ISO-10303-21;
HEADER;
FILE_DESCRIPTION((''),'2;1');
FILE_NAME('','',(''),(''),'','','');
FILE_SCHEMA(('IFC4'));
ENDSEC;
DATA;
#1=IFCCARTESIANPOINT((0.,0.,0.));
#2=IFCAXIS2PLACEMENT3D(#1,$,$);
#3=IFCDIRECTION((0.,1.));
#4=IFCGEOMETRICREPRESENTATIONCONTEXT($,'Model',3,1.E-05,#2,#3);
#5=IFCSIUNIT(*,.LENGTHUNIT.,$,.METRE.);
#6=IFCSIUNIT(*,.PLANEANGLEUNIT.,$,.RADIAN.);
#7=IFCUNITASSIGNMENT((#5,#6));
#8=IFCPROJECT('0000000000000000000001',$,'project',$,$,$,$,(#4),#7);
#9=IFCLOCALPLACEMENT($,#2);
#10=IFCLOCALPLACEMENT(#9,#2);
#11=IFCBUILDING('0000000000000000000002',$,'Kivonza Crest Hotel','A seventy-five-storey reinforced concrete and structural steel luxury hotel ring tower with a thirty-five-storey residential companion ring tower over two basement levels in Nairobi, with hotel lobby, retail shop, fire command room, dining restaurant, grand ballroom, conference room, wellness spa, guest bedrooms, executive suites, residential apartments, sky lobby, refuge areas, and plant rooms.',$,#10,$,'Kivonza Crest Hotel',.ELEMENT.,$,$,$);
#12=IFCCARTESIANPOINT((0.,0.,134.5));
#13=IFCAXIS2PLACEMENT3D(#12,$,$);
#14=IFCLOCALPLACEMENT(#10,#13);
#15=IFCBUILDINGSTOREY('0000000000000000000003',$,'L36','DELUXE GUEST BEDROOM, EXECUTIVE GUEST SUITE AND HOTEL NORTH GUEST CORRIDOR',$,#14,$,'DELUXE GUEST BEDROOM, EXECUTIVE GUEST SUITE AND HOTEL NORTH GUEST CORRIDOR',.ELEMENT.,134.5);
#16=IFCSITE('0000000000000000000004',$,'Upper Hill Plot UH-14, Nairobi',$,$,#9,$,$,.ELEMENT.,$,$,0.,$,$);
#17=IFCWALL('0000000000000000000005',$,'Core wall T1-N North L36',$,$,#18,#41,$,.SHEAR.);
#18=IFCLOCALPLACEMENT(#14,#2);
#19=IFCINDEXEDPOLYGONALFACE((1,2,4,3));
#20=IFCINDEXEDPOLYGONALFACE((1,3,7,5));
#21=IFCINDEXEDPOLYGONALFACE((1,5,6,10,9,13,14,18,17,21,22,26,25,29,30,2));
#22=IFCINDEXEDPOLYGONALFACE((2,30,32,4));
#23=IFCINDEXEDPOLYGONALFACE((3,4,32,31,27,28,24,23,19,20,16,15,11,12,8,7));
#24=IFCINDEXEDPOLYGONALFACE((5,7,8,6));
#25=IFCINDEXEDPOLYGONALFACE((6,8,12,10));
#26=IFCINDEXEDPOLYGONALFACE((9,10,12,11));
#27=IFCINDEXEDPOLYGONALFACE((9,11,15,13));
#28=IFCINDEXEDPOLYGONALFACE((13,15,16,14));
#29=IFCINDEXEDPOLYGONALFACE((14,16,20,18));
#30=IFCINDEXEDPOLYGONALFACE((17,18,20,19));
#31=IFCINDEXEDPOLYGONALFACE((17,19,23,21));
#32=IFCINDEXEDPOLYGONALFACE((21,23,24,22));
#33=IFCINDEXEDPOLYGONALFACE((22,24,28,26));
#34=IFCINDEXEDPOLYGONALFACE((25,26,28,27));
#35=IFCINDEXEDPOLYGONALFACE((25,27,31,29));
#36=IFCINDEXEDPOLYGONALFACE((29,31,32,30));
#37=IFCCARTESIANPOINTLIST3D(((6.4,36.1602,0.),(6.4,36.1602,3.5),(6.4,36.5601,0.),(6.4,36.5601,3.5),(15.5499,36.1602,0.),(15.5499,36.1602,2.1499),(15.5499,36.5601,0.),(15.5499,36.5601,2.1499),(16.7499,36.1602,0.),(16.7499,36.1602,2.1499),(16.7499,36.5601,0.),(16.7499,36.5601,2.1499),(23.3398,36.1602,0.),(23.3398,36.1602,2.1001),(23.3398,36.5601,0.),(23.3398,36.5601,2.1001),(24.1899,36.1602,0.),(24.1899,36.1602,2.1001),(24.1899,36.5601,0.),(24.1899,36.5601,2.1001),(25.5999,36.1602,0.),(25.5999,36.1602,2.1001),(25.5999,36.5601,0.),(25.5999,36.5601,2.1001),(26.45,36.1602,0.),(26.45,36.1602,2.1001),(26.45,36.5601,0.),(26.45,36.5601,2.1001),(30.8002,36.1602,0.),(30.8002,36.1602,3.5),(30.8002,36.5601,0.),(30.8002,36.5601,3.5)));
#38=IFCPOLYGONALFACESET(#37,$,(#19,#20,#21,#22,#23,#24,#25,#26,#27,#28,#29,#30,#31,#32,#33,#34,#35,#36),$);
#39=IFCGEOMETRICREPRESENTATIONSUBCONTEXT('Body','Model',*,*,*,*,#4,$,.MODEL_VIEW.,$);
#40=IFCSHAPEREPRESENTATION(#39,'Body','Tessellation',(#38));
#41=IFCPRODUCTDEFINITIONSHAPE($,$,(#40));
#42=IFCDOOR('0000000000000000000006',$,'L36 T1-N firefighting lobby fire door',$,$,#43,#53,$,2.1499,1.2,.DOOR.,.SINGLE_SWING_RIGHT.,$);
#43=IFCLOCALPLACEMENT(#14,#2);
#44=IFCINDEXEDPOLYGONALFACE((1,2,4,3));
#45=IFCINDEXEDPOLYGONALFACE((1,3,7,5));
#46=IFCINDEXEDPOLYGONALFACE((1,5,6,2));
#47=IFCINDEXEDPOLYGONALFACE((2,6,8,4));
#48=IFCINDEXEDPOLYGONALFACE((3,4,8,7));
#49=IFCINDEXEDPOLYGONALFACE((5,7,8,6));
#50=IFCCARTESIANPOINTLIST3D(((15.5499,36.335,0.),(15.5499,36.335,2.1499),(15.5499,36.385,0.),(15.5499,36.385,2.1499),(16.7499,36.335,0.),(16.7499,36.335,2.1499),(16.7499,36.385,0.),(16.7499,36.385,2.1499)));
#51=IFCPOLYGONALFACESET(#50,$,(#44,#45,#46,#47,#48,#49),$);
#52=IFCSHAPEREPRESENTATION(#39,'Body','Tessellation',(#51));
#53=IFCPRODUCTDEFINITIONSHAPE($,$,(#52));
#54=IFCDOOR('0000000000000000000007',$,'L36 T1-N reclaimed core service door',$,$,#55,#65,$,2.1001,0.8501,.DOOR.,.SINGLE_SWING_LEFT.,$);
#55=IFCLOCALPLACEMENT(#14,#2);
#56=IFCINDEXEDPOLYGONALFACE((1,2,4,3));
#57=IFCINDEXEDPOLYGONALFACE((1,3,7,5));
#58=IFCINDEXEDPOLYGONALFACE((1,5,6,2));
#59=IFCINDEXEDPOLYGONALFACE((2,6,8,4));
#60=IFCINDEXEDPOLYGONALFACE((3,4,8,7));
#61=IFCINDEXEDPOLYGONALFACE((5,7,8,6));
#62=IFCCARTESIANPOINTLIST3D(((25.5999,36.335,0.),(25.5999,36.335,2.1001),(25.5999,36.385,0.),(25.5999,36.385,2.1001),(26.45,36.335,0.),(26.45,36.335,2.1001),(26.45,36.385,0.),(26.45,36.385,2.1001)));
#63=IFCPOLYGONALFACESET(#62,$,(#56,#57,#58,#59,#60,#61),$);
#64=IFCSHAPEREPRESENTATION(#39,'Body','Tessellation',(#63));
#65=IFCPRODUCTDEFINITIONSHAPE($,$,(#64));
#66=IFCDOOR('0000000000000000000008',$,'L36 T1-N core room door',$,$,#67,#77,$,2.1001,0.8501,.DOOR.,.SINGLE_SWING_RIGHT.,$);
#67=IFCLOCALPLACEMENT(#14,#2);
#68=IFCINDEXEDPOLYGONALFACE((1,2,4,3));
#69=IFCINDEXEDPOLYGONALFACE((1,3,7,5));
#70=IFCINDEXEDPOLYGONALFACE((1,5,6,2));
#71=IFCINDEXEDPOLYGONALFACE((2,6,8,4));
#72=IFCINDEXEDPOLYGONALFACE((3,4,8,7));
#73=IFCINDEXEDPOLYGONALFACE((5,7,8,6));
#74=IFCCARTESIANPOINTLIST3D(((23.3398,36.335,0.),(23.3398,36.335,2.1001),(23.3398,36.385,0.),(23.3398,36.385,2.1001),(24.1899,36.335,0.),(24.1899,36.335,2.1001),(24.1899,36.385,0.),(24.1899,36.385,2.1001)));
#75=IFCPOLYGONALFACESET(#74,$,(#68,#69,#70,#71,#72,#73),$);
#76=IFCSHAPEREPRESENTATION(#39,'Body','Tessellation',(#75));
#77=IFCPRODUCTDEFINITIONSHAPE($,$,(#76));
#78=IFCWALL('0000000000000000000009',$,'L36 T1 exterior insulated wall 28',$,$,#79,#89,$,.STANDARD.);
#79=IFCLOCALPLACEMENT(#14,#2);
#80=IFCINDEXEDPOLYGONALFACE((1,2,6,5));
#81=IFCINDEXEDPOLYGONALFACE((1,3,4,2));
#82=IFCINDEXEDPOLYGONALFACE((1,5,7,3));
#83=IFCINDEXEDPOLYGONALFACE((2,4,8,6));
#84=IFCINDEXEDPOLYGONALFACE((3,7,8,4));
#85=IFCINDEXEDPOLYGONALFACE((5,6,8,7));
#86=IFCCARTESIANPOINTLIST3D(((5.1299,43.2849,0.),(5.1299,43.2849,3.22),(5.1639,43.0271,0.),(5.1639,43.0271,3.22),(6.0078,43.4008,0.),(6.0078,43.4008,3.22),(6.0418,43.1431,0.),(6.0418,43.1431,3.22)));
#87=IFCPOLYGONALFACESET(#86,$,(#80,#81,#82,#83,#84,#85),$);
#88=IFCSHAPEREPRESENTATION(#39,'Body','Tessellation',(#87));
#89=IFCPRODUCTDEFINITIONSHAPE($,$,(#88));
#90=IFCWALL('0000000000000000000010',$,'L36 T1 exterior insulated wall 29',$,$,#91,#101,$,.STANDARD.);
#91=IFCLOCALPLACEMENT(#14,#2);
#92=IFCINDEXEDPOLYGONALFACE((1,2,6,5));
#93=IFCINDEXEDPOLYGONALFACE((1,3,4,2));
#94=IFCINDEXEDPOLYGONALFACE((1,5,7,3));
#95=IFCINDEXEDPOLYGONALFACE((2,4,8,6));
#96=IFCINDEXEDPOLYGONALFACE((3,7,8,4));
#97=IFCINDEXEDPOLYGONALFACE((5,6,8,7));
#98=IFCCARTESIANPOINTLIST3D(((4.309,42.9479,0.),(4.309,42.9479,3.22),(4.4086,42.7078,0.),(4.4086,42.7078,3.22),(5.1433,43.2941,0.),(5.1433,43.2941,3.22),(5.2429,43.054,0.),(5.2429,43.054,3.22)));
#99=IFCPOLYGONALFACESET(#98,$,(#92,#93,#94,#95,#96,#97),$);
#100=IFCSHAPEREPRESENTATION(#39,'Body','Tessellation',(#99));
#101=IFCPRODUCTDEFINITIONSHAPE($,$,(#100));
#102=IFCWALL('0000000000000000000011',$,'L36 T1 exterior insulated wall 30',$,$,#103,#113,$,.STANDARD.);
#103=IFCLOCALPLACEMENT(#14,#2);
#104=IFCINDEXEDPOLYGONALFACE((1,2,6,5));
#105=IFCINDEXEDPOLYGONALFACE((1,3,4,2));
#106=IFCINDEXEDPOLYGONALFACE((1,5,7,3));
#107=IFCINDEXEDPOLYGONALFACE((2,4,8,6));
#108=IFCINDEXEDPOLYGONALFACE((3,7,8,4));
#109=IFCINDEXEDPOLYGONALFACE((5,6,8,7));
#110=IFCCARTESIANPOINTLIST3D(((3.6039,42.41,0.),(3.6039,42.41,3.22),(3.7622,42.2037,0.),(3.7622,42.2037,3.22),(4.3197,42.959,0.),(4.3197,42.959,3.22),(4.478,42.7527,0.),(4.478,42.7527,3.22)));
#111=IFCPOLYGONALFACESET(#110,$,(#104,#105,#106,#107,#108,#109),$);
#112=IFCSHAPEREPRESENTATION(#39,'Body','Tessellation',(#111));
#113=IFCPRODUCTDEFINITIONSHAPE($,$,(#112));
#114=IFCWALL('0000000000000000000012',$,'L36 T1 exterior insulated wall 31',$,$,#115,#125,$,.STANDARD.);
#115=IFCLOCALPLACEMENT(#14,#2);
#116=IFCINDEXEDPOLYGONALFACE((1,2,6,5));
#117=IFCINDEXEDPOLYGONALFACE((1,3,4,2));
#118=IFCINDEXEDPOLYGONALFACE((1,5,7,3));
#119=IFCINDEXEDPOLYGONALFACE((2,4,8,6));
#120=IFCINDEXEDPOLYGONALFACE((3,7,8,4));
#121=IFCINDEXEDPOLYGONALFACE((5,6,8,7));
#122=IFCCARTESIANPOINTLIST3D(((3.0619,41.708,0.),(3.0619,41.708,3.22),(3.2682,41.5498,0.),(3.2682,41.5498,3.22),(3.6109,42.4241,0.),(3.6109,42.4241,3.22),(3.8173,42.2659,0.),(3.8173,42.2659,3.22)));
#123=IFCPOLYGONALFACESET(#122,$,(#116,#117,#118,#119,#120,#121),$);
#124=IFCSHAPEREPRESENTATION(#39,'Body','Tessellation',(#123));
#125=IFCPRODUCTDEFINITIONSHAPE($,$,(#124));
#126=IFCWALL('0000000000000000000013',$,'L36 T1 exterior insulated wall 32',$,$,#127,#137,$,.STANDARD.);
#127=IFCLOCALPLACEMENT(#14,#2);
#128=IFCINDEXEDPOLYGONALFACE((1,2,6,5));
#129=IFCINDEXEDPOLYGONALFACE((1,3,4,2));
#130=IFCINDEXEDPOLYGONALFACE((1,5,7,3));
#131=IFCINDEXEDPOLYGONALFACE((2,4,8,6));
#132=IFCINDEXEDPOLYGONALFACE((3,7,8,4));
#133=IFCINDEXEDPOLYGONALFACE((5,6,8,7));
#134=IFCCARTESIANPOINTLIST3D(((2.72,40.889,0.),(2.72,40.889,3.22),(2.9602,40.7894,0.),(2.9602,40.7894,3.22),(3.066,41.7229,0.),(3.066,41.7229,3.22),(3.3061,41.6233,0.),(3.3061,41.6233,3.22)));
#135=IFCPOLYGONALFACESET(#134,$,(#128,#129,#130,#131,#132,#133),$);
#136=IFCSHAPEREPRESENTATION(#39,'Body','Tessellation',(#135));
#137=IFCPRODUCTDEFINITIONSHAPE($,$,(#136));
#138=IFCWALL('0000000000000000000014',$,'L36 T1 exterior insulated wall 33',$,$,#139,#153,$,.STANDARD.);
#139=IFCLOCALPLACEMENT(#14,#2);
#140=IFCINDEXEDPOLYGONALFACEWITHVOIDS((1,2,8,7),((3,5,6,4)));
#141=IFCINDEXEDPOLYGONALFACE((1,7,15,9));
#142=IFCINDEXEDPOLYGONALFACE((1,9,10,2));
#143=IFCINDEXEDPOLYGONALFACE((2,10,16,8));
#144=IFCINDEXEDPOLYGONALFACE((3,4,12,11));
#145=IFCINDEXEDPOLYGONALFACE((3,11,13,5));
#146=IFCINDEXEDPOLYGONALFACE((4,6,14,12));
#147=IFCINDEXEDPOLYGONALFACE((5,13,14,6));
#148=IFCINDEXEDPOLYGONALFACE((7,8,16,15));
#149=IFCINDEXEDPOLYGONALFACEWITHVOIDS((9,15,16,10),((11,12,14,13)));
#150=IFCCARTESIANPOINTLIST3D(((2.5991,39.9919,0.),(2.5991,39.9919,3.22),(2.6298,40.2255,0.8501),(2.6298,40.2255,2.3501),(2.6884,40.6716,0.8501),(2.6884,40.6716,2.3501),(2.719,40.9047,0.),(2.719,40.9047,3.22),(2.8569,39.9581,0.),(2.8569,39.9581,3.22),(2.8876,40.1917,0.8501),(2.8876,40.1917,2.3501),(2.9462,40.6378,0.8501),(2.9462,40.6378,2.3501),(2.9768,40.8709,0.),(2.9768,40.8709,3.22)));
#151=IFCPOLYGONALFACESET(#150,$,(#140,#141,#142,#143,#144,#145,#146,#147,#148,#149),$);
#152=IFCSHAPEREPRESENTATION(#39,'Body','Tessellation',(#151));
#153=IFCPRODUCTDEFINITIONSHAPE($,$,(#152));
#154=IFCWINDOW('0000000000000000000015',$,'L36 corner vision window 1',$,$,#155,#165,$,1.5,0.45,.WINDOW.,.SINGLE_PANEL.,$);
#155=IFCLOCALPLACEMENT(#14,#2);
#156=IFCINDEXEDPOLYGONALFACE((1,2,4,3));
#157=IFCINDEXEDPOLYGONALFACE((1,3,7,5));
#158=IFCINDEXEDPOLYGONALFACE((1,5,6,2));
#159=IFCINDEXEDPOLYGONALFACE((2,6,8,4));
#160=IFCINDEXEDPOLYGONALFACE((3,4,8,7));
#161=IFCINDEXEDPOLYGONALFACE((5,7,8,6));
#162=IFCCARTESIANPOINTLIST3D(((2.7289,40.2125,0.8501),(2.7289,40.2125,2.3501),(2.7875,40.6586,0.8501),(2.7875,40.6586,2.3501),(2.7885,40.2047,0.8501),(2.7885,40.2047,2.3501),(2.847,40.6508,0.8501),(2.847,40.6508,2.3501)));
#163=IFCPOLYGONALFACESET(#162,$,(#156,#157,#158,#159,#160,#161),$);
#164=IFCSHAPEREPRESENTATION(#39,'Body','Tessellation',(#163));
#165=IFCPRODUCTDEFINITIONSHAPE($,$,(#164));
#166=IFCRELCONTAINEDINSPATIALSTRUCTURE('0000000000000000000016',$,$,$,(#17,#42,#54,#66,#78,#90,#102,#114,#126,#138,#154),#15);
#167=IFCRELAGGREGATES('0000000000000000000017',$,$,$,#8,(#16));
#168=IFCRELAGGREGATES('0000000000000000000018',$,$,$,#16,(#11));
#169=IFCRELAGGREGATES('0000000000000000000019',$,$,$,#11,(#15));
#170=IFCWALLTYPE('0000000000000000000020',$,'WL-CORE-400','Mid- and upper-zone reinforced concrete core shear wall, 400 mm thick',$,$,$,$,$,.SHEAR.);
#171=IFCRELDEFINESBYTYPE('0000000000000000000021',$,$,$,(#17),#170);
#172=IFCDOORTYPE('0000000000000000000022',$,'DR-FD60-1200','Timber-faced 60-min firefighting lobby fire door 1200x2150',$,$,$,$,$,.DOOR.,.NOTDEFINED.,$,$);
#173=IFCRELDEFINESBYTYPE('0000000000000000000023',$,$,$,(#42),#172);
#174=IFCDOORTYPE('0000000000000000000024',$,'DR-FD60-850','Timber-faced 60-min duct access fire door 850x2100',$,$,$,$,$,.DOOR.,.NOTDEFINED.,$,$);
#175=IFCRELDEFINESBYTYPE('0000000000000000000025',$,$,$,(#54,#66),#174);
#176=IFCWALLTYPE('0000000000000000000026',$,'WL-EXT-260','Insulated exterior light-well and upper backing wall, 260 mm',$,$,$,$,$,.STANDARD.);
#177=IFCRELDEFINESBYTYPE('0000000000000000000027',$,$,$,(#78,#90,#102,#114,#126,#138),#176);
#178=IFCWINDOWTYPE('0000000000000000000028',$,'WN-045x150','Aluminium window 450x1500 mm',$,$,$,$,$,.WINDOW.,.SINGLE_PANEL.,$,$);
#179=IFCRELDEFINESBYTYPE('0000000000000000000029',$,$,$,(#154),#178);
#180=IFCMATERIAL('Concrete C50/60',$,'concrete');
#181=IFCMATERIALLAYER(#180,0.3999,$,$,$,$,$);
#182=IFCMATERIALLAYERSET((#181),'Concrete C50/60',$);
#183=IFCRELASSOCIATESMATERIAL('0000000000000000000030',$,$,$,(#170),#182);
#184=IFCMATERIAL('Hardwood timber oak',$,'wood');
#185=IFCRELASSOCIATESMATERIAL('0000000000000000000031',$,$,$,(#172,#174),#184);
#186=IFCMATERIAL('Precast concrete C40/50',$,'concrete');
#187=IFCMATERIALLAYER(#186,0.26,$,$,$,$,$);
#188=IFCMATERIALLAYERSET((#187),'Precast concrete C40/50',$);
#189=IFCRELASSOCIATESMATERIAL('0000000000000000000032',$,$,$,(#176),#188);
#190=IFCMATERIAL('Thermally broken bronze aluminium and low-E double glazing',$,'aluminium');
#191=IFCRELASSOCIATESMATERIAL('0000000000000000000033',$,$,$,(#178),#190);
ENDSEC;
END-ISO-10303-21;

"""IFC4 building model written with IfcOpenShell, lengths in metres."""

from ifc_helpers import new_model, si_unit, direction, frame, frame_2d, origin, place, context, subcontext, project, spatial, rectangle, extrude, material, layer, layer_set, type_object, element, fill, save


model = new_model("IFC4")

# Units and contexts
model_context = context("Model", 3, precision=1e-05, world=origin(), true_north=direction((0.0, 1.0)))
body_context = subcontext(model_context, "Body", "Model", "MODEL_VIEW")
ifc_project = project(units=[si_unit("LENGTHUNIT", "METRE"), si_unit("PLANEANGLEUNIT", "RADIAN")], contexts=[model_context])

# Site, building, storey
site_placement = place(None, origin())
site = spatial("IfcSite", under=ifc_project, at=site_placement, Name="Upper Hill Plot UH-14, Nairobi", CompositionType="ELEMENT", RefElevation=0.0)
building_placement = place(site_placement, origin())
building = spatial("IfcBuilding", under=site, at=building_placement, Name="Kivonza Crest Hotel", Description="A seventy-five-storey reinforced concrete and structural steel luxury hotel ring tower with a thirty-five-storey residential companion ring tower over two basement levels in Nairobi, with hotel lobby, retail shop, fire command room, dining restaurant, grand ballroom, conference room, wellness spa, guest bedrooms, executive suites, residential apartments, sky lobby, refuge areas, and plant rooms.", LongName="Kivonza Crest Hotel", CompositionType="ELEMENT")
storey_placement = place(building_placement, frame((0.0, 0.0, 134.5)))
storey = spatial("IfcBuildingStorey", under=building, at=storey_placement, Name="L36", Description="DELUXE GUEST BEDROOM, EXECUTIVE GUEST SUITE AND HOTEL NORTH GUEST CORRIDOR", LongName="DELUXE GUEST BEDROOM, EXECUTIVE GUEST SUITE AND HOTEL NORTH GUEST CORRIDOR", CompositionType="ELEMENT", Elevation=134.5)

# Shared definitions
ifc_material_1 = material(Name="Hardwood timber oak", Category="wood")

# Wall, openings, doors
ifc_material_2 = material(Name="Concrete C50/60", Category="concrete")
ifc_layer_1 = layer(ifc_material_2, 0.3999)
ifc_layer_set_1 = layer_set([ifc_layer_1], Name="Concrete C50/60")
wall_type_1 = type_object("IfcWallType", Name="WL-CORE-400", Description="Mid- and upper-zone reinforced concrete core shear wall, 400 mm thick", PredefinedType="SHEAR", material=ifc_layer_set_1)
wall_1_placement = place(storey_placement, frame((6.3999, 36.3601, 0.0), z_axis=(0.0, 0.0, 1.0), x_axis=(1.0, 0.0, 0.0)))
wall_1 = element("IfcWall", 1, at=wall_1_placement, inside=storey, type_object=wall_type_1, Name="Core wall T1-N North L36", PredefinedType="SHEAR", context=body_context, shape_type="SweptSolid", body=[
    extrude(rectangle(XDim=24.4001, YDim=0.3999, at=frame_2d((12.2002, 0.0))), origin(), (0.0, 0.0, 1.0), 3.5),
])
opening_1_placement = place(wall_1_placement, frame((9.1499, 0.0, 0.0)))
opening_1 = element("IfcOpeningElement", 2, at=opening_1_placement, cuts=wall_1, PredefinedType="OPENING", context=body_context, shape_type="SweptSolid", body=[
    extrude(rectangle(XDim=1.2, YDim=2.1499, at=frame_2d((0.6001, 1.075))), frame((0.0, 0.21, 0.0), z_axis=(0.0, -1.0, 0.0), x_axis=(1.0, 0.0, 0.0)), (0.0, 0.0, 1.0), 0.4199),
])
opening_2_placement = place(wall_1_placement, frame((19.2, 0.0, 0.0)))
opening_2 = element("IfcOpeningElement", 3, at=opening_2_placement, cuts=wall_1, PredefinedType="OPENING", context=body_context, shape_type="SweptSolid", body=[
    extrude(rectangle(XDim=0.8501, YDim=2.1001, at=frame_2d((0.425, 1.05))), frame((0.0, 0.21, 0.0), z_axis=(0.0, -1.0, 0.0), x_axis=(1.0, 0.0, 0.0)), (0.0, 0.0, 1.0), 0.4199),
])
opening_3_placement = place(wall_1_placement, frame((16.9399, 0.0, 0.0)))
opening_3 = element("IfcOpeningElement", 4, at=opening_3_placement, cuts=wall_1, PredefinedType="OPENING", context=body_context, shape_type="SweptSolid", body=[
    extrude(rectangle(XDim=0.8501, YDim=2.1001, at=frame_2d((0.425, 1.05))), frame((0.0, 0.21, 0.0), z_axis=(0.0, -1.0, 0.0), x_axis=(1.0, 0.0, 0.0)), (0.0, 0.0, 1.0), 0.4199),
])
door_type_1 = type_object("IfcDoorType", Name="DR-FD60-1200", Description="Timber-faced 60-min firefighting lobby fire door 1200x2150", OperationType="NOTDEFINED", PredefinedType="DOOR", material=ifc_material_1)
door_1_placement = place(opening_1_placement, origin())
door_1 = element("IfcDoor", 5, at=door_1_placement, inside=storey, type_object=door_type_1, Name="L36 T1-N firefighting lobby fire door", OperationType="SINGLE_SWING_RIGHT", OverallHeight=2.1499, OverallWidth=1.2, PredefinedType="DOOR", context=body_context, shape_type="SweptSolid", body=[
    extrude(rectangle(XDim=1.2, YDim=2.1499, at=frame_2d((0.6001, 1.075))), frame((0.0, 0.0249, 0.0), z_axis=(0.0, -1.0, 0.0), x_axis=(1.0, 0.0, 0.0)), (0.0, 0.0, 1.0), 0.05),
])
fill(opening_1, door_1)
door_type_2 = type_object("IfcDoorType", Name="DR-FD60-850", Description="Timber-faced 60-min duct access fire door 850x2100", OperationType="NOTDEFINED", PredefinedType="DOOR", material=ifc_material_1)
door_2_placement = place(opening_2_placement, origin())
door_2 = element("IfcDoor", 6, at=door_2_placement, inside=storey, type_object=door_type_2, Name="L36 T1-N reclaimed core service door", OperationType="SINGLE_SWING_LEFT", OverallHeight=2.1001, OverallWidth=0.8501, PredefinedType="DOOR", context=body_context, shape_type="SweptSolid", body=[
    extrude(rectangle(XDim=0.8501, YDim=2.1001, at=frame_2d((0.425, 1.05))), frame((0.0, 0.0249, 0.0), z_axis=(0.0, -1.0, 0.0), x_axis=(1.0, 0.0, 0.0)), (0.0, 0.0, 1.0), 0.05),
])
fill(opening_2, door_2)
door_3_placement = place(opening_3_placement, origin())
door_3 = element("IfcDoor", 7, at=door_3_placement, inside=storey, type_object=door_type_2, Name="L36 T1-N core room door", OperationType="SINGLE_SWING_RIGHT", OverallHeight=2.1001, OverallWidth=0.8501, PredefinedType="DOOR", context=body_context, shape_type="SweptSolid", body=[
    extrude(rectangle(XDim=0.8501, YDim=2.1001, at=frame_2d((0.425, 1.05))), frame((0.0, 0.0249, 0.0), z_axis=(0.0, -1.0, 0.0), x_axis=(1.0, 0.0, 0.0)), (0.0, 0.0, 1.0), 0.05),
])
fill(opening_3, door_3)

# Walls
ifc_material_3 = material(Name="Precast concrete C40/50", Category="concrete")
ifc_layer_2 = layer(ifc_material_3, 0.26)
ifc_layer_set_2 = layer_set([ifc_layer_2], Name="Precast concrete C40/50")
wall_type_2 = type_object("IfcWallType", Name="WL-EXT-260", Description="Insulated exterior light-well and upper backing wall, 260 mm", PredefinedType="STANDARD", material=ifc_layer_set_2)
wall_2_placement = place(storey_placement, frame((6.0249, 43.272, 0.0), z_axis=(0.0, 0.0, 1.0), x_axis=(-0.991388, -0.130954, 0.0)))
element("IfcWall", 8, at=wall_2_placement, inside=storey, type_object=wall_type_2, Name="L36 T1 exterior insulated wall 28", PredefinedType="STANDARD", context=body_context, shape_type="SweptSolid", body=[
    extrude(rectangle(XDim=0.8855, YDim=0.26, at=frame_2d((0.4429, 0.0))), origin(), (0.0, 0.0, 1.0), 3.22),
])
wall_3_placement = place(storey_placement, frame((5.1931, 43.1741, 0.0), z_axis=(0.0, 0.0, 1.0), x_axis=(-0.923628, -0.383291, 0.0)))
element("IfcWall", 9, at=wall_3_placement, inside=storey, type_object=wall_type_2, Name="L36 T1 exterior insulated wall 29", PredefinedType="STANDARD", context=body_context, shape_type="SweptSolid", body=[
    extrude(rectangle(XDim=0.9033, YDim=0.26, at=frame_2d((0.4517, 0.0))), origin(), (0.0, 0.0, 1.0), 3.22),
])
wall_4_placement = place(storey_placement, frame((4.3989, 42.856, 0.0), z_axis=(0.0, 0.0, 1.0), x_axis=(-0.793458, -0.608625, 0.0)))
element("IfcWall", 10, at=wall_4_placement, inside=storey, type_object=wall_type_2, Name="L36 T1 exterior insulated wall 30", PredefinedType="STANDARD", context=body_context, shape_type="SweptSolid", body=[
    extrude(rectangle(XDim=0.9021, YDim=0.26, at=frame_2d((0.4512, 0.0))), origin(), (0.0, 0.0, 1.0), 3.22),
])
wall_5_placement = place(storey_placement, frame((3.7141, 42.345, 0.0), z_axis=(0.0, 0.0, 1.0), x_axis=(-0.608494, -0.793558, 0.0)))
element("IfcWall", 11, at=wall_5_placement, inside=storey, type_object=wall_type_2, Name="L36 T1 exterior insulated wall 31", PredefinedType="STANDARD", context=body_context, shape_type="SweptSolid", body=[
    extrude(rectangle(XDim=0.9023, YDim=0.26, at=frame_2d((0.4512, 0.0))), origin(), (0.0, 0.0, 1.0), 3.22),
])
wall_6_placement = place(storey_placement, frame((3.186, 41.6731, 0.0), z_axis=(0.0, 0.0, 1.0), x_axis=(-0.383156, -0.923684, 0.0)))
element("IfcWall", 12, at=wall_6_placement, inside=storey, type_object=wall_type_2, Name="L36 T1 exterior insulated wall 32", PredefinedType="STANDARD", context=body_context, shape_type="SweptSolid", body=[
    extrude(rectangle(XDim=0.9028, YDim=0.26, at=frame_2d((0.4514, 0.0))), origin(), (0.0, 0.0, 1.0), 3.22),
])

# Wall, opening, window
wall_7_placement = place(storey_placement, frame((2.8479, 40.8879, 0.0), z_axis=(0.0, 0.0, 1.0), x_axis=(-0.130201, -0.991488, 0.0)))
wall_7 = element("IfcWall", 13, at=wall_7_placement, inside=storey, type_object=wall_type_2, Name="L36 T1 exterior insulated wall 33", PredefinedType="STANDARD", context=body_context, shape_type="SweptSolid", body=[
    extrude(rectangle(XDim=0.9207, YDim=0.26, at=frame_2d((0.4604, 0.0))), origin(), (0.0, 0.0, 1.0), 3.22),
])
opening_4_placement = place(wall_7_placement, frame((0.2351, 0.0, 0.8501)))
opening_4 = element("IfcOpeningElement", 14, at=opening_4_placement, cuts=wall_7, PredefinedType="OPENING", context=body_context, shape_type="SweptSolid", body=[
    extrude(rectangle(XDim=0.45, YDim=1.5, at=frame_2d((0.2251, 0.75))), frame((0.0, 0.1401, 0.0), z_axis=(0.0, -1.0, 0.0), x_axis=(1.0, 0.0, 0.0)), (0.0, 0.0, 1.0), 0.28),
])
ifc_material_4 = material(Name="Thermally broken bronze aluminium and low-E double glazing", Category="aluminium")
window_type_1 = type_object("IfcWindowType", Name="WN-045x150", Description="Aluminium window 450x1500 mm", PartitioningType="SINGLE_PANEL", PredefinedType="WINDOW", material=ifc_material_4)
window_1_placement = place(opening_4_placement, origin())
window_1 = element("IfcWindow", 15, at=window_1_placement, inside=storey, type_object=window_type_1, Name="L36 corner vision window 1", OverallHeight=1.5, OverallWidth=0.45, PartitioningType="SINGLE_PANEL", PredefinedType="WINDOW", context=body_context, shape_type="SweptSolid", body=[
    extrude(rectangle(XDim=0.45, YDim=1.5, at=frame_2d((0.2251, 0.75))), frame((0.0, 0.03, 0.0), z_axis=(0.0, -1.0, 0.0), x_axis=(1.0, 0.0, 0.0)), (0.0, 0.0, 1.0), 0.0601),
])
fill(opening_4, window_1)

save(model, "model.ifc")
